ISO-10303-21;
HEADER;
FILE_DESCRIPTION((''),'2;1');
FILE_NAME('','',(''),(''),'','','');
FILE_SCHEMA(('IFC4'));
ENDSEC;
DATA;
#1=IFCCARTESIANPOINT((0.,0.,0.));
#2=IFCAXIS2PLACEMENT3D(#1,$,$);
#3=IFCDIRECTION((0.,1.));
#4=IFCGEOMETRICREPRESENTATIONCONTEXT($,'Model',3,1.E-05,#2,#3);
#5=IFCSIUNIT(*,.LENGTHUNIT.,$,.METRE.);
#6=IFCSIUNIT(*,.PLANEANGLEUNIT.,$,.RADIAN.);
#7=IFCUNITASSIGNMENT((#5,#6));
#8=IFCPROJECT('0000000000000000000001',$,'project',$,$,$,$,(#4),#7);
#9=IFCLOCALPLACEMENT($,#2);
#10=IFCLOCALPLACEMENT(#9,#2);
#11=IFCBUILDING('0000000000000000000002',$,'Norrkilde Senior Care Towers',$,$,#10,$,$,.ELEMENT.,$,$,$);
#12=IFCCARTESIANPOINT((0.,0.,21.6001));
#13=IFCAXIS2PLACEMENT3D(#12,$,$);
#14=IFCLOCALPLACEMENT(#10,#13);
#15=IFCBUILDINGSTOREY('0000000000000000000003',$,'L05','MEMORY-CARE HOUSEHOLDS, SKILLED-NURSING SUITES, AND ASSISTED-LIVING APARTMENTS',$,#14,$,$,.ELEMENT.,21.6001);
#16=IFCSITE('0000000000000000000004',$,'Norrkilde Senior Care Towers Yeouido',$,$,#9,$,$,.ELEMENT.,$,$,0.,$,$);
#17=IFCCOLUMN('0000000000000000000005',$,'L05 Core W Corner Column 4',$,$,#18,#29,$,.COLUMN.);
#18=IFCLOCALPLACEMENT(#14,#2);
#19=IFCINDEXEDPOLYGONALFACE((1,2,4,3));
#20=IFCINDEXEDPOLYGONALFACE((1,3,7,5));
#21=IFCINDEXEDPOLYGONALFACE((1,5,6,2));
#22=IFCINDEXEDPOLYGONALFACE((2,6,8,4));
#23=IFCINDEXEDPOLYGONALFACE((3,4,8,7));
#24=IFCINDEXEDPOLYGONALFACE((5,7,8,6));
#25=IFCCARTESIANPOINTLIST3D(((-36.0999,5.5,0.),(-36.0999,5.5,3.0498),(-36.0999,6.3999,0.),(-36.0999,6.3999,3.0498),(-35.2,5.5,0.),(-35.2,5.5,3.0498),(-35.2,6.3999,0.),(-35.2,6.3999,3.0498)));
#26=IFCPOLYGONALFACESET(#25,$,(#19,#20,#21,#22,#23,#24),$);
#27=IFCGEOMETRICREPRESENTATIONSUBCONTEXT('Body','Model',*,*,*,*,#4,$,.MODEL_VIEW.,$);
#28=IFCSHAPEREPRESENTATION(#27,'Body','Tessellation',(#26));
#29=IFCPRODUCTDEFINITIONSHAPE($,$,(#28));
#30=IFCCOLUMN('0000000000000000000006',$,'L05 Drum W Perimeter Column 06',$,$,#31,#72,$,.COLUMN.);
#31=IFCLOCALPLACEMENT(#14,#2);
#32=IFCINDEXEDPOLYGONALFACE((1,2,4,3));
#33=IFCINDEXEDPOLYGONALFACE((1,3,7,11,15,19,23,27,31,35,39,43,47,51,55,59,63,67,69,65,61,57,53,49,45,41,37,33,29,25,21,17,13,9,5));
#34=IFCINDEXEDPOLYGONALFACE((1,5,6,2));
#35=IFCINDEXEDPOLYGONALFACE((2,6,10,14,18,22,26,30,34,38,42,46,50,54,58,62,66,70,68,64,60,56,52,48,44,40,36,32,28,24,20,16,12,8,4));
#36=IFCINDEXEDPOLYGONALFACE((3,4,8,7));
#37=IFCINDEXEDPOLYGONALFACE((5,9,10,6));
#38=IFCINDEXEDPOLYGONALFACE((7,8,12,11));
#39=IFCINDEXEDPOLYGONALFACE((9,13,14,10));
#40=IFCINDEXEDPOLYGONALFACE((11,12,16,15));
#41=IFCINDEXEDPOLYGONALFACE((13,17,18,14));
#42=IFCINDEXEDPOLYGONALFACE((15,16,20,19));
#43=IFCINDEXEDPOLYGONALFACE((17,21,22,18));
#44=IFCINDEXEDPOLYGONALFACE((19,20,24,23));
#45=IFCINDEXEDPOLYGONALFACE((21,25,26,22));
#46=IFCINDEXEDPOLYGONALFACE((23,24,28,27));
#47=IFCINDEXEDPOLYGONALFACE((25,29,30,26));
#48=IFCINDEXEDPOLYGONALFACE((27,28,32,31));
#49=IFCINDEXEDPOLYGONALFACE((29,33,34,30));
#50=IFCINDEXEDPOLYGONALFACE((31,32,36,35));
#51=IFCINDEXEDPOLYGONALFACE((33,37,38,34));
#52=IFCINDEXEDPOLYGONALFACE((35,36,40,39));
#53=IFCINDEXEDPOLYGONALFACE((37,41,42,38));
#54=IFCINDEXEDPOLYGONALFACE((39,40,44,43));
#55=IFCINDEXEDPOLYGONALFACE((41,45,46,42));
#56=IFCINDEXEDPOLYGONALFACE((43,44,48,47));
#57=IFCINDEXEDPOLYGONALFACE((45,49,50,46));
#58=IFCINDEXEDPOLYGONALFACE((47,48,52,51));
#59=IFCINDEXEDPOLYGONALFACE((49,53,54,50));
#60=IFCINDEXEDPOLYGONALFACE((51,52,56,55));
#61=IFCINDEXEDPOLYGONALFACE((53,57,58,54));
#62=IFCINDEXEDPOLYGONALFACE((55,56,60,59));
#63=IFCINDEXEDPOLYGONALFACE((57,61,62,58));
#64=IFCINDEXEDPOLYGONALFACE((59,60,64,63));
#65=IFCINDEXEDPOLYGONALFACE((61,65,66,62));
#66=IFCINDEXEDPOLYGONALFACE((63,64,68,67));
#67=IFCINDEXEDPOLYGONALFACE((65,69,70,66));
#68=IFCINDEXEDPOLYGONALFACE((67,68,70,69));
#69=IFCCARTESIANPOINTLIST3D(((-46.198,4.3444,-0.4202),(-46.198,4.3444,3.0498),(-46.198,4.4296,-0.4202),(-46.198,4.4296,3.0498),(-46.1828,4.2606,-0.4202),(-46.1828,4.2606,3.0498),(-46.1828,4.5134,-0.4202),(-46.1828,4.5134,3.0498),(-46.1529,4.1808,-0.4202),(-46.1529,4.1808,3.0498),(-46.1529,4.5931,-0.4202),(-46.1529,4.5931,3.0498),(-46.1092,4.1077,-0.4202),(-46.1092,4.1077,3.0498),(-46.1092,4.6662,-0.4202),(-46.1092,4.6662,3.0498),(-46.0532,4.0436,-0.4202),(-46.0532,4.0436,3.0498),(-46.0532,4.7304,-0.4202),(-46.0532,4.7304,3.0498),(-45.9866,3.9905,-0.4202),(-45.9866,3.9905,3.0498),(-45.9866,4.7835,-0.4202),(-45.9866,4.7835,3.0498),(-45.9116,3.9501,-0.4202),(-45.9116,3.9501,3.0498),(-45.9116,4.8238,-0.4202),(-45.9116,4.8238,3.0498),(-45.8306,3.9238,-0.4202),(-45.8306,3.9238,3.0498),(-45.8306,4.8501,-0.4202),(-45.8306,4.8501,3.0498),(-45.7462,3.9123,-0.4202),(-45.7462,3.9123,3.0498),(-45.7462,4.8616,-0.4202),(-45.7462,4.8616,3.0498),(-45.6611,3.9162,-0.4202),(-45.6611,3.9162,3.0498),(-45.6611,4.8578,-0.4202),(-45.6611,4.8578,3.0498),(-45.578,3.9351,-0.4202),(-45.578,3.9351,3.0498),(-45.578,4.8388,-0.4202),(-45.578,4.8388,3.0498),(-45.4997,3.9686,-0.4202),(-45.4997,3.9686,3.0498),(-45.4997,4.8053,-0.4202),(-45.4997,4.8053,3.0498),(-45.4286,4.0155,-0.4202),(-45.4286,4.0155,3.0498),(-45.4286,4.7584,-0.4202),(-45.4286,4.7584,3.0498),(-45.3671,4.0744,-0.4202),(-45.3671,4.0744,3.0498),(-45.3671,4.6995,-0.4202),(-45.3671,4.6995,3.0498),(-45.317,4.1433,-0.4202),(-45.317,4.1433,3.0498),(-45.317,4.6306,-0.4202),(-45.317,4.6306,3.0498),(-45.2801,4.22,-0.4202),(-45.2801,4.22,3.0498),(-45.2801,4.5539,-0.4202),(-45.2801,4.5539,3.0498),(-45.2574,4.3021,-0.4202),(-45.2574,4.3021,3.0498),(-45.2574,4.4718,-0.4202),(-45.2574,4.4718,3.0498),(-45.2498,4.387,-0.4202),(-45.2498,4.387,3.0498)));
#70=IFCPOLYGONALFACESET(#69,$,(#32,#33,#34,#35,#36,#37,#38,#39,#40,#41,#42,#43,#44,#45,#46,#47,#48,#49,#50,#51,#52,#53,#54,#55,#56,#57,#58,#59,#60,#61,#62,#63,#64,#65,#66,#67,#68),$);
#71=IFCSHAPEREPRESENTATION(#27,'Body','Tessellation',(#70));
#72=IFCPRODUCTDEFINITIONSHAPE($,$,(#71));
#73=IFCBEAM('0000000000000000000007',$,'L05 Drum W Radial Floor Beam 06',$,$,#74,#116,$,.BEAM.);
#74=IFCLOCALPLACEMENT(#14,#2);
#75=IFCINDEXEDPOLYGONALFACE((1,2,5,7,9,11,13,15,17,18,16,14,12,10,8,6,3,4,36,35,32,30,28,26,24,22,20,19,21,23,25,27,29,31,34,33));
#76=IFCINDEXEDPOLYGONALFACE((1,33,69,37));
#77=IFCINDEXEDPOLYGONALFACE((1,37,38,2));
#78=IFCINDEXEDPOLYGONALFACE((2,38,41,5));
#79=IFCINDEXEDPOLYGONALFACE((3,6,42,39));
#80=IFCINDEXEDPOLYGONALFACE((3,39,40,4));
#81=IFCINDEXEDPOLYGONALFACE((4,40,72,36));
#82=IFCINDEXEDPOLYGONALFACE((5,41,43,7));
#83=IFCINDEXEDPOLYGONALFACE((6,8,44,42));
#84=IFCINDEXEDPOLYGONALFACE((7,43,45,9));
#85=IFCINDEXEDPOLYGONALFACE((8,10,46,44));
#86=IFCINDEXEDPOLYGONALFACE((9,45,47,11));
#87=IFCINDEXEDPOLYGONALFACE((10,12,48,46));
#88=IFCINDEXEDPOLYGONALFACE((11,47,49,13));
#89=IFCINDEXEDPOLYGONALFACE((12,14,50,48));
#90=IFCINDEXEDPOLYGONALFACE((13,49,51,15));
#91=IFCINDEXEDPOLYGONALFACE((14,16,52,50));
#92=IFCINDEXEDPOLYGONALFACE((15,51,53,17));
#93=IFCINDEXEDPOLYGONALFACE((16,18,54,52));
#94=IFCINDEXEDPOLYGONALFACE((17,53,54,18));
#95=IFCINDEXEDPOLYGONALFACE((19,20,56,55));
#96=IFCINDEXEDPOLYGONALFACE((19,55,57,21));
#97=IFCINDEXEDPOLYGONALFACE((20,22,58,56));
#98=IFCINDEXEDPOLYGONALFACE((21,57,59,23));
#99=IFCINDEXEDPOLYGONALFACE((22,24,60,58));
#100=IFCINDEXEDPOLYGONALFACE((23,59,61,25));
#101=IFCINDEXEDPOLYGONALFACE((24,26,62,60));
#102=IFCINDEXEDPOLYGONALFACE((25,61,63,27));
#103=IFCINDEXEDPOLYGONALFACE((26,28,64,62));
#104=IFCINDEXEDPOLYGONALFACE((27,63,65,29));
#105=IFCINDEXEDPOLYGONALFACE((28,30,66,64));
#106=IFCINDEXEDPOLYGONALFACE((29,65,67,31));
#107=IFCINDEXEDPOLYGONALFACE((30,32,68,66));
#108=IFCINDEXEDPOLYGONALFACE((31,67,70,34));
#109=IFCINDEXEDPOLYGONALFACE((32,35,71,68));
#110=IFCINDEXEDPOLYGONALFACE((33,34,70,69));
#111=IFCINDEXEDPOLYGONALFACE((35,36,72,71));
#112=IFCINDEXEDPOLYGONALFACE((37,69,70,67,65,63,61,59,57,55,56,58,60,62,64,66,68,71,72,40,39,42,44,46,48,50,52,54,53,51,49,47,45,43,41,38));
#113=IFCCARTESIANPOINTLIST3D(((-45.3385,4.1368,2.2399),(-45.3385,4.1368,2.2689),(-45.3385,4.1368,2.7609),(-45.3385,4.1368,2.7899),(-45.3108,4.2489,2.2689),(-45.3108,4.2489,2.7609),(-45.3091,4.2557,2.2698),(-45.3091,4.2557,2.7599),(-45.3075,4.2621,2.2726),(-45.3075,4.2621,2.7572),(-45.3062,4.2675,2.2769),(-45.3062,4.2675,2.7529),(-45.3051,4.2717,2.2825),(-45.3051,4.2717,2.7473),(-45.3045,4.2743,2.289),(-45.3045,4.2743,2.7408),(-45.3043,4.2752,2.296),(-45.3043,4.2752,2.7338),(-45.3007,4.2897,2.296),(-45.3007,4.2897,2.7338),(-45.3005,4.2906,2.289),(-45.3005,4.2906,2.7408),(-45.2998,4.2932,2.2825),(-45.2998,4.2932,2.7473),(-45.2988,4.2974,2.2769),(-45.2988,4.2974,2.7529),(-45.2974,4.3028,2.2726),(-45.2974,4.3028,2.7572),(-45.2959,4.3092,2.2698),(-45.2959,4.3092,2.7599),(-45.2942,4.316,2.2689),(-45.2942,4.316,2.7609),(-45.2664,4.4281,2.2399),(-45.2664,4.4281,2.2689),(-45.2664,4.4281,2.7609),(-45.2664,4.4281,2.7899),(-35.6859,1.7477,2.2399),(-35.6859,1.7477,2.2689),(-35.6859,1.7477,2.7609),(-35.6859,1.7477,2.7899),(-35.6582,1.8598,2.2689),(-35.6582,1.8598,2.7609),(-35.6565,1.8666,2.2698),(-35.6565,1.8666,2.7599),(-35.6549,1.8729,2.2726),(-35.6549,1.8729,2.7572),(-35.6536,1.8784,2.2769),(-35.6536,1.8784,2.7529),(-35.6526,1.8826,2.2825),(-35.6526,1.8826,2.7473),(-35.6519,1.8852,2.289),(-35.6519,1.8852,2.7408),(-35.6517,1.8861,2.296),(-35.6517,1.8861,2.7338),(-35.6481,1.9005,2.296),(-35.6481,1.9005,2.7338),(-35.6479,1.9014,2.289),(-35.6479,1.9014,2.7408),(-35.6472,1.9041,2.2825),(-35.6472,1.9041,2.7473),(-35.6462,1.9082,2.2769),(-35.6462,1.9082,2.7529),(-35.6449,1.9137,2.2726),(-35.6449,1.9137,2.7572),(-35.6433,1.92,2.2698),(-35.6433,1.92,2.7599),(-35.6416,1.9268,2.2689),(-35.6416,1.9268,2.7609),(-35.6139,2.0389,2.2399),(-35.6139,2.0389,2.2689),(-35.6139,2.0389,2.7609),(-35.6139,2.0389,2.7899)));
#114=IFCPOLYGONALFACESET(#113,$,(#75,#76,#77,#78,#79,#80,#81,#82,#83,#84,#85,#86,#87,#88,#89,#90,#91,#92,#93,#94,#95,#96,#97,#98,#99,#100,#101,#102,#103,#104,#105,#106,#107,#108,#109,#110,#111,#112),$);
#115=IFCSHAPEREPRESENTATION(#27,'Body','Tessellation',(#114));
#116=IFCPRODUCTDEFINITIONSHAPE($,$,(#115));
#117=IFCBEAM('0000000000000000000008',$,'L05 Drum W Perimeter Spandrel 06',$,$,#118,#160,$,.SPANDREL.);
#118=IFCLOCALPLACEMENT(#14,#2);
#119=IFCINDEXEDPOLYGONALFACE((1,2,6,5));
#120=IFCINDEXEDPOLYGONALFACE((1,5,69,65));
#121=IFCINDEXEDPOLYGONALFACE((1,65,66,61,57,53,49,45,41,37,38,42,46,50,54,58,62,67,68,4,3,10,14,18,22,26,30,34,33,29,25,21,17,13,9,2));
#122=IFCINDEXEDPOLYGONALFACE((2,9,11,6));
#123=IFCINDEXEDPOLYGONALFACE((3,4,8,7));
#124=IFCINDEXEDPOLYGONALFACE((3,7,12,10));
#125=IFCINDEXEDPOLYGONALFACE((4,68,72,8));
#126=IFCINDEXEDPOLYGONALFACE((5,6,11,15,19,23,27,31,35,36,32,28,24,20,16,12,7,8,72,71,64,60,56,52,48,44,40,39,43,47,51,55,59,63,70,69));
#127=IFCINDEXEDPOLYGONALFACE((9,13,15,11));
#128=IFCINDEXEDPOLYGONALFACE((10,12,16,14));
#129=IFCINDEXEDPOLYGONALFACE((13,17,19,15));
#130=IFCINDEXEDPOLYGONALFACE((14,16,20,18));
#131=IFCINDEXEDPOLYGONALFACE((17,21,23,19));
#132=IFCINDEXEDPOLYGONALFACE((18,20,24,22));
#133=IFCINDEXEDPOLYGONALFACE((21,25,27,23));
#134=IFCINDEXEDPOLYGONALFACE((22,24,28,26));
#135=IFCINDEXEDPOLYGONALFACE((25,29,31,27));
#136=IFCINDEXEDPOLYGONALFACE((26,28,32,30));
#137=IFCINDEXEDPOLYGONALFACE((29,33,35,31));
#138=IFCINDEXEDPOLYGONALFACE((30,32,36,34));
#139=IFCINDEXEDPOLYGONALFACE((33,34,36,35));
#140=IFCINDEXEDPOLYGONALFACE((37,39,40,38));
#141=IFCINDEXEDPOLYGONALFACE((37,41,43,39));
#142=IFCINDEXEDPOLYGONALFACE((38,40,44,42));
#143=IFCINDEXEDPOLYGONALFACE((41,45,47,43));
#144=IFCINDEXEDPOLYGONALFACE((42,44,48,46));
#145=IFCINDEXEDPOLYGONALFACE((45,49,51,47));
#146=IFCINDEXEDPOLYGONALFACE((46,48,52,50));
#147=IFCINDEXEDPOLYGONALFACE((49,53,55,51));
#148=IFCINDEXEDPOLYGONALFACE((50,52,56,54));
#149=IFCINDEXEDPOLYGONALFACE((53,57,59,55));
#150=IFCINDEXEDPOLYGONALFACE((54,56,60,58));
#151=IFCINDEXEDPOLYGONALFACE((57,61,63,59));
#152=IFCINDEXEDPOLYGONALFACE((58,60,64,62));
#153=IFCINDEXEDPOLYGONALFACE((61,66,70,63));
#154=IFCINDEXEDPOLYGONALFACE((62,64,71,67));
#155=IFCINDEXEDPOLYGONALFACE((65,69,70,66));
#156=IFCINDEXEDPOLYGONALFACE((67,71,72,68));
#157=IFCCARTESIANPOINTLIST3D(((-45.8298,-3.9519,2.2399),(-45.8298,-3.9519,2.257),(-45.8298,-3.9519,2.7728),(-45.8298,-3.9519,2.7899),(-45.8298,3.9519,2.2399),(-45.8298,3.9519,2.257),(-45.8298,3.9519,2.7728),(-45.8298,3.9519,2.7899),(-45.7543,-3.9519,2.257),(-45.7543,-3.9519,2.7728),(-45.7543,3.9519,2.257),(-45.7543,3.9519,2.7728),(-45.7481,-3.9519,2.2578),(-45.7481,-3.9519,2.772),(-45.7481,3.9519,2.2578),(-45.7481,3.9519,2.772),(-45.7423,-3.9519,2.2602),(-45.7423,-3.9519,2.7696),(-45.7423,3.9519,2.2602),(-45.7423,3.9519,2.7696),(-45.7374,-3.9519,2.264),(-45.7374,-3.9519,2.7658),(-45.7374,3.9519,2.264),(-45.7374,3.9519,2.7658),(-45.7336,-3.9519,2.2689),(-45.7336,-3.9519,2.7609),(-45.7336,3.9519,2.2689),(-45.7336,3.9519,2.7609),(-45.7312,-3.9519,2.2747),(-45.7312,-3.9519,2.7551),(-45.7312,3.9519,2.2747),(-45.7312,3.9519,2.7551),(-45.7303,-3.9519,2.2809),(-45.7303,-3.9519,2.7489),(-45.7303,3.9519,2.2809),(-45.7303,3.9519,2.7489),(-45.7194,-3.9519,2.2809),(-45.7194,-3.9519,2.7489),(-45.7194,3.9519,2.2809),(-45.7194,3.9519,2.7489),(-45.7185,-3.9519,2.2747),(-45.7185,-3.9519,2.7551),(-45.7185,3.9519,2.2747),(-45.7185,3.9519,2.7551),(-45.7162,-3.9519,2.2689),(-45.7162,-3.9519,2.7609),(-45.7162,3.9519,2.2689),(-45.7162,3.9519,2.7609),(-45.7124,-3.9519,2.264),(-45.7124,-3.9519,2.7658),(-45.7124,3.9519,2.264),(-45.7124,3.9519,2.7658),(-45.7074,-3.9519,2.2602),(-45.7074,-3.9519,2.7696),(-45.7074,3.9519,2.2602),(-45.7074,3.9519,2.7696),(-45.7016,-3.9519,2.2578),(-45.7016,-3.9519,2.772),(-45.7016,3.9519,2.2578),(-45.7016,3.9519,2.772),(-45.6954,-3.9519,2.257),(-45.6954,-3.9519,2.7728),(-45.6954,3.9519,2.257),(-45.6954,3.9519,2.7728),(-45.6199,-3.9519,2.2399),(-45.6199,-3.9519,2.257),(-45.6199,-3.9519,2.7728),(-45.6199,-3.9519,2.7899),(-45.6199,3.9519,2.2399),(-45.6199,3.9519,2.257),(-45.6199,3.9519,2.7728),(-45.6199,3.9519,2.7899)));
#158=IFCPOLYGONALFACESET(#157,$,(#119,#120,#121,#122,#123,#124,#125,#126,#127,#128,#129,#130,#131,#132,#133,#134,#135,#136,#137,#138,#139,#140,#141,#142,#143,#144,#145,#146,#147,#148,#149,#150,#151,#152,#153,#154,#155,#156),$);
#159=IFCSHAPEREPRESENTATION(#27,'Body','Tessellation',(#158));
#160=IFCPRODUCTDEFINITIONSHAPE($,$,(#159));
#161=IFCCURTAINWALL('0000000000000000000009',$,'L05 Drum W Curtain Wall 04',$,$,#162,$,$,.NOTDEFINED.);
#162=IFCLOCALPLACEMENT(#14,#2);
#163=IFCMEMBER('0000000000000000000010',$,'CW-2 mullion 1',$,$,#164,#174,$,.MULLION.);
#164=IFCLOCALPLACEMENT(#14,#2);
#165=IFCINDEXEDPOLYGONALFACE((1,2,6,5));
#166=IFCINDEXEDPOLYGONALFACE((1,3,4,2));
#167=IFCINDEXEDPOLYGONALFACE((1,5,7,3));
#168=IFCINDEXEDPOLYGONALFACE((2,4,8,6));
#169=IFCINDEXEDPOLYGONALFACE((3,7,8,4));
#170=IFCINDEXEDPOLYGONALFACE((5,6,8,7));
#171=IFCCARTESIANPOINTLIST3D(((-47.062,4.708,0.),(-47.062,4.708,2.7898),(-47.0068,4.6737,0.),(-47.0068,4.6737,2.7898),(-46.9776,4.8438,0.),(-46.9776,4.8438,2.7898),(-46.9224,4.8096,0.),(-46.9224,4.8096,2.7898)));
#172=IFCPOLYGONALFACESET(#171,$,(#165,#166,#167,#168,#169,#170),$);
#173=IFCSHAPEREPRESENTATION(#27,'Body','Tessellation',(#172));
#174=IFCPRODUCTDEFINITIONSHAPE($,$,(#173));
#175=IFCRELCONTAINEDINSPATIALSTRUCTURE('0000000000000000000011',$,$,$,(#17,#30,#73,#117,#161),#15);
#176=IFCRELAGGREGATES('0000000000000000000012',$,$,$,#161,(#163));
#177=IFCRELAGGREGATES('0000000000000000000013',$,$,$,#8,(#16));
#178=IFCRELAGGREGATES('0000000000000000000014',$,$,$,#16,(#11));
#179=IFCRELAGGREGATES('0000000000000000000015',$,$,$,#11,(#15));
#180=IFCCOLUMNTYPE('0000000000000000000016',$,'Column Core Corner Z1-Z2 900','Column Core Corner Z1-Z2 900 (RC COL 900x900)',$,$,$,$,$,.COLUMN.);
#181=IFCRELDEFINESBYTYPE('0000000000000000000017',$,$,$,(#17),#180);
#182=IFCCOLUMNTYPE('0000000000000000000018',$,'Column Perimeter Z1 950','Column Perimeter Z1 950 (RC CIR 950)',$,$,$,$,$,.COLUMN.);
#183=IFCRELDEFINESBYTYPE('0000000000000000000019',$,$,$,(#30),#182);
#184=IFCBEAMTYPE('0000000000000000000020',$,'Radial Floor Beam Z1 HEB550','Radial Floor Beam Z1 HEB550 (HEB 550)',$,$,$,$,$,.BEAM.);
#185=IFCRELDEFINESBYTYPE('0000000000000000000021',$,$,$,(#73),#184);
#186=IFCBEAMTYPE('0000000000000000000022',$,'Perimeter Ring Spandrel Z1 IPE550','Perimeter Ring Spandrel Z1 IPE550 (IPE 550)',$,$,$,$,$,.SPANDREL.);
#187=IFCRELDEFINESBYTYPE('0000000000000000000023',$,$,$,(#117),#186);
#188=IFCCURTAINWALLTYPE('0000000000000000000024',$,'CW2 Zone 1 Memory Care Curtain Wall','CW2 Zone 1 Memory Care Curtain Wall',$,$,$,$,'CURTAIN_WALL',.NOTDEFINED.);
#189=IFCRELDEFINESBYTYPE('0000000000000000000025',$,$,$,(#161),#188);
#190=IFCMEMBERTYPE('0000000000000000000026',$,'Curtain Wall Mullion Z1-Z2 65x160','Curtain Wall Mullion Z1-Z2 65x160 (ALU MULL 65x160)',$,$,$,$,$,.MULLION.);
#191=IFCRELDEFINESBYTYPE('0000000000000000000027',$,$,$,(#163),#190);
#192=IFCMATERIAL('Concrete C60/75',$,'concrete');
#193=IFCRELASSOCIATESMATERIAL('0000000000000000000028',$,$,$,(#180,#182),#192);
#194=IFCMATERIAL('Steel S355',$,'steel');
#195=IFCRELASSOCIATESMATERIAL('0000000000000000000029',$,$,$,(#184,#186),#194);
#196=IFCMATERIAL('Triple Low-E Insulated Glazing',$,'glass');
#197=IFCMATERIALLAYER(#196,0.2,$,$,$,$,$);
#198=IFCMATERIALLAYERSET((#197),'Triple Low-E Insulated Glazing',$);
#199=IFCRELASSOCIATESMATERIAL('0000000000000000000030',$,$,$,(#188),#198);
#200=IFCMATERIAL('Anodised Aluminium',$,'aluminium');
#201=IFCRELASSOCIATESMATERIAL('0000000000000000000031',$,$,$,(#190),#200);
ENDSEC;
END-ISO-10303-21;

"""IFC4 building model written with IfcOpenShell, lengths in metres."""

from ifc_helpers import new_model, si_unit, direction, frame, origin, origin_2d, place, context, subcontext, project, spatial, rectangle, circle, i_section, extrude, source, transform, mapped, material, layer, layer_set, material_profile, profile_set, type_object, type_shapes, element, aggregate, save


model = new_model("IFC4")

# Units and contexts
model_context = context("Model", 3, precision=1e-05, world=origin(), true_north=direction((0.0, 1.0)))
body_context = subcontext(model_context, "Body", "Model", "MODEL_VIEW")
ifc_project = project(units=[si_unit("LENGTHUNIT", "METRE"), si_unit("PLANEANGLEUNIT", "RADIAN")], contexts=[model_context])

# Site, building, storey
site_placement = place(None, origin())
site = spatial("IfcSite", under=ifc_project, at=site_placement, Name="Norrkilde Senior Care Towers Yeouido", CompositionType="ELEMENT", RefElevation=0.0)
building_placement = place(site_placement, origin())
building = spatial("IfcBuilding", under=site, at=building_placement, Name="Norrkilde Senior Care Towers", CompositionType="ELEMENT")
storey_placement = place(building_placement, frame((0.0, 0.0, 21.6001)))
storey = spatial("IfcBuildingStorey", under=building, at=storey_placement, Name="L05", Description="MEMORY-CARE HOUSEHOLDS, SKILLED-NURSING SUITES, AND ASSISTED-LIVING APARTMENTS", CompositionType="ELEMENT", Elevation=21.6001)

# Columns
ifc_material_1 = material(Name="Concrete C60/75", Category="concrete")
ifc_material_profile_1 = material_profile(ifc_material_1, rectangle(XDim=0.8999, YDim=0.8999, at=origin_2d()), Name="RC COL 900x900")
ifc_profile_set_1 = profile_set([ifc_material_profile_1], Name="Concrete C60/75")
column_type_1 = type_object("IfcColumnType", Name="Column Core Corner Z1-Z2 900", Description="Column Core Corner Z1-Z2 900 (RC COL 900x900)", PredefinedType="COLUMN", material=ifc_profile_set_1)
shared_shape_1 = source(origin(), body_context, "Body", "SweptSolid", [
    extrude(rectangle(XDim=0.8999, YDim=0.8999, at=origin_2d()), origin(), (0.0, 0.0, 1.0), 3.0498),
])
type_shapes(column_type_1, [shared_shape_1])
column_1_placement = place(storey_placement, frame((-35.6499, 5.95, 0.0), z_axis=(0.0, 0.0, 1.0), x_axis=(1.0, 0.0, 0.0)))
element("IfcColumn", 1, at=column_1_placement, inside=storey, type_object=column_type_1, Name="L05 Core W Corner Column 4", PredefinedType="COLUMN", context=body_context, shape_type="MappedRepresentation", body=[
    mapped(shared_shape_1, transform((0.0, 0.0, 0.0), x_axis=(1.0, 0.0, 0.0), y_axis=(0.0, 1.0, 0.0), z_axis=(0.0, 0.0, 1.0), scale=1.0)),
])
ifc_material_profile_2 = material_profile(ifc_material_1, circle(Radius=0.4751, at=origin_2d()), Name="RC CIR 950")
ifc_profile_set_2 = profile_set([ifc_material_profile_2], Name="Concrete C60/75")
column_type_2 = type_object("IfcColumnType", Name="Column Perimeter Z1 950", Description="Column Perimeter Z1 950 (RC CIR 950)", PredefinedType="COLUMN", material=ifc_profile_set_2)
shared_shape_2 = source(origin(), body_context, "Body", "SweptSolid", [
    extrude(circle(Radius=0.4751, at=origin_2d()), origin(), (0.0, 0.0, 1.0), 3.47),
])
type_shapes(column_type_2, [shared_shape_2])
column_2_placement = place(storey_placement, frame((-45.7249, 4.387, -0.4202), z_axis=(0.0, 0.0, 1.0), x_axis=(1.0, 0.0, 0.0)))
element("IfcColumn", 2, at=column_2_placement, inside=storey, type_object=column_type_2, Name="L05 Drum W Perimeter Column 06", PredefinedType="COLUMN", context=body_context, shape_type="MappedRepresentation", body=[
    mapped(shared_shape_2, transform((0.0, 0.0, 0.0), x_axis=(1.0, 0.0, 0.0), y_axis=(0.0, 1.0, 0.0), z_axis=(0.0, 0.0, 1.0), scale=1.0)),
])

# Beams
ifc_material_2 = material(Name="Steel S355", Category="steel")
ifc_material_profile_3 = material_profile(ifc_material_2, i_section(OverallWidth=0.3, OverallDepth=0.55, WebThickness=0.0149, FlangeThickness=0.0291, FilletRadius=0.0271, at=origin_2d()), Name="HEB 550")
ifc_profile_set_3 = profile_set([ifc_material_profile_3], Name="Steel S355")
beam_type_1 = type_object("IfcBeamType", Name="Radial Floor Beam Z1 HEB550", Description="Radial Floor Beam Z1 HEB550 (HEB 550)", PredefinedType="BEAM", material=ifc_profile_set_3)
shared_shape_3 = source(origin(), body_context, "Body", "SweptSolid", [
    extrude(i_section(OverallWidth=0.3, OverallDepth=0.55, WebThickness=0.0149, FlangeThickness=0.0291, FilletRadius=0.0271, at=origin_2d()), origin(), (0.0, 0.0, 1.0), 9.9438),
])
type_shapes(beam_type_1, [shared_shape_3])
beam_1_placement = place(storey_placement, frame((-35.6499, 1.8933, 2.5149), z_axis=(-0.970707, 0.240265, 0.0), x_axis=(-0.240265, -0.970707, 0.0)))
element("IfcBeam", 3, at=beam_1_placement, inside=storey, type_object=beam_type_1, Name="L05 Drum W Radial Floor Beam 06", PredefinedType="BEAM", context=body_context, shape_type="MappedRepresentation", body=[
    mapped(shared_shape_3, transform((0.0, 0.0, 0.0), x_axis=(1.0, 0.0, 0.0), y_axis=(0.0, 1.0, 0.0), z_axis=(0.0, 0.0, 1.0), scale=1.0)),
])
ifc_material_profile_4 = material_profile(ifc_material_2, i_section(OverallWidth=0.21, OverallDepth=0.55, WebThickness=0.011, FlangeThickness=0.0171, FilletRadius=0.0239, at=origin_2d()), Name="IPE 550")
ifc_profile_set_4 = profile_set([ifc_material_profile_4], Name="Steel S355")
beam_type_2 = type_object("IfcBeamType", Name="Perimeter Ring Spandrel Z1 IPE550", Description="Perimeter Ring Spandrel Z1 IPE550 (IPE 550)", PredefinedType="SPANDREL", material=ifc_profile_set_4)
shared_shape_4 = source(origin(), body_context, "Body", "SweptSolid", [
    extrude(i_section(OverallWidth=0.21, OverallDepth=0.55, WebThickness=0.011, FlangeThickness=0.0171, FilletRadius=0.0239, at=origin_2d()), origin(), (0.0, 0.0, 1.0), 7.9038),
])
type_shapes(beam_type_2, [shared_shape_4])
beam_2_placement = place(storey_placement, frame((-45.7249, 3.9519, 2.5149), z_axis=(0.0, -1.0, 0.0), x_axis=(1.0, 0.0, 0.0)))
element("IfcBeam", 4, at=beam_2_placement, inside=storey, type_object=beam_type_2, Name="L05 Drum W Perimeter Spandrel 06", PredefinedType="SPANDREL", context=body_context, shape_type="MappedRepresentation", body=[
    mapped(shared_shape_4, transform((0.0, 0.0, 0.0), x_axis=(1.0, 0.0, 0.0), y_axis=(0.0, 1.0, 0.0), z_axis=(0.0, 0.0, 1.0), scale=1.0)),
])

# Curtain wall, member
ifc_material_3 = material(Name="Triple Low-E Insulated Glazing", Category="glass")
ifc_layer_1 = layer(ifc_material_3, 0.2)
ifc_layer_set_1 = layer_set([ifc_layer_1], Name="Triple Low-E Insulated Glazing")
curtain_wall_type = type_object("IfcCurtainWallType", Name="CW2 Zone 1 Memory Care Curtain Wall", Description="CW2 Zone 1 Memory Care Curtain Wall", ElementType="CURTAIN_WALL", PredefinedType="NOTDEFINED", material=ifc_layer_set_1)
curtain_wall_1_placement = place(storey_placement, origin())
curtain_wall_1 = element("IfcCurtainWall", 5, at=curtain_wall_1_placement, inside=storey, type_object=curtain_wall_type, Name="L05 Drum W Curtain Wall 04", PredefinedType="NOTDEFINED")
ifc_material_4 = material(Name="Anodised Aluminium", Category="aluminium")
ifc_material_profile_5 = material_profile(ifc_material_4, rectangle(XDim=0.0649, YDim=0.1599, at=origin_2d()), Name="ALU MULL 65x160")
ifc_profile_set_5 = profile_set([ifc_material_profile_5], Name="Anodised Aluminium")
member_type_1 = type_object("IfcMemberType", Name="Curtain Wall Mullion Z1-Z2 65x160", Description="Curtain Wall Mullion Z1-Z2 65x160 (ALU MULL 65x160)", PredefinedType="MULLION", material=ifc_profile_set_5)
shared_shape_5 = source(origin(), body_context, "Body", "SweptSolid", [
    extrude(rectangle(XDim=0.0649, YDim=0.1599, at=origin_2d()), origin(), (0.0, 0.0, 1.0), 2.7898),
])
type_shapes(member_type_1, [shared_shape_5])
member_1_placement = place(storey_placement, frame((-46.9922, 4.7588, 0.0), z_axis=(0.0, 0.0, 1.0), x_axis=(-0.849306, 0.527901, 0.0)))
member_1 = element("IfcMember", 6, at=member_1_placement, type_object=member_type_1, Name="CW-2 mullion 1", PredefinedType="MULLION", context=body_context, shape_type="MappedRepresentation", body=[
    mapped(shared_shape_5, transform((0.0, 0.0, 0.0), x_axis=(1.0, 0.0, 0.0), y_axis=(0.0, 1.0, 0.0), z_axis=(0.0, 0.0, 1.0), scale=1.0)),
])

aggregate(curtain_wall_1, [member_1])

save(model, "model.ifc")
